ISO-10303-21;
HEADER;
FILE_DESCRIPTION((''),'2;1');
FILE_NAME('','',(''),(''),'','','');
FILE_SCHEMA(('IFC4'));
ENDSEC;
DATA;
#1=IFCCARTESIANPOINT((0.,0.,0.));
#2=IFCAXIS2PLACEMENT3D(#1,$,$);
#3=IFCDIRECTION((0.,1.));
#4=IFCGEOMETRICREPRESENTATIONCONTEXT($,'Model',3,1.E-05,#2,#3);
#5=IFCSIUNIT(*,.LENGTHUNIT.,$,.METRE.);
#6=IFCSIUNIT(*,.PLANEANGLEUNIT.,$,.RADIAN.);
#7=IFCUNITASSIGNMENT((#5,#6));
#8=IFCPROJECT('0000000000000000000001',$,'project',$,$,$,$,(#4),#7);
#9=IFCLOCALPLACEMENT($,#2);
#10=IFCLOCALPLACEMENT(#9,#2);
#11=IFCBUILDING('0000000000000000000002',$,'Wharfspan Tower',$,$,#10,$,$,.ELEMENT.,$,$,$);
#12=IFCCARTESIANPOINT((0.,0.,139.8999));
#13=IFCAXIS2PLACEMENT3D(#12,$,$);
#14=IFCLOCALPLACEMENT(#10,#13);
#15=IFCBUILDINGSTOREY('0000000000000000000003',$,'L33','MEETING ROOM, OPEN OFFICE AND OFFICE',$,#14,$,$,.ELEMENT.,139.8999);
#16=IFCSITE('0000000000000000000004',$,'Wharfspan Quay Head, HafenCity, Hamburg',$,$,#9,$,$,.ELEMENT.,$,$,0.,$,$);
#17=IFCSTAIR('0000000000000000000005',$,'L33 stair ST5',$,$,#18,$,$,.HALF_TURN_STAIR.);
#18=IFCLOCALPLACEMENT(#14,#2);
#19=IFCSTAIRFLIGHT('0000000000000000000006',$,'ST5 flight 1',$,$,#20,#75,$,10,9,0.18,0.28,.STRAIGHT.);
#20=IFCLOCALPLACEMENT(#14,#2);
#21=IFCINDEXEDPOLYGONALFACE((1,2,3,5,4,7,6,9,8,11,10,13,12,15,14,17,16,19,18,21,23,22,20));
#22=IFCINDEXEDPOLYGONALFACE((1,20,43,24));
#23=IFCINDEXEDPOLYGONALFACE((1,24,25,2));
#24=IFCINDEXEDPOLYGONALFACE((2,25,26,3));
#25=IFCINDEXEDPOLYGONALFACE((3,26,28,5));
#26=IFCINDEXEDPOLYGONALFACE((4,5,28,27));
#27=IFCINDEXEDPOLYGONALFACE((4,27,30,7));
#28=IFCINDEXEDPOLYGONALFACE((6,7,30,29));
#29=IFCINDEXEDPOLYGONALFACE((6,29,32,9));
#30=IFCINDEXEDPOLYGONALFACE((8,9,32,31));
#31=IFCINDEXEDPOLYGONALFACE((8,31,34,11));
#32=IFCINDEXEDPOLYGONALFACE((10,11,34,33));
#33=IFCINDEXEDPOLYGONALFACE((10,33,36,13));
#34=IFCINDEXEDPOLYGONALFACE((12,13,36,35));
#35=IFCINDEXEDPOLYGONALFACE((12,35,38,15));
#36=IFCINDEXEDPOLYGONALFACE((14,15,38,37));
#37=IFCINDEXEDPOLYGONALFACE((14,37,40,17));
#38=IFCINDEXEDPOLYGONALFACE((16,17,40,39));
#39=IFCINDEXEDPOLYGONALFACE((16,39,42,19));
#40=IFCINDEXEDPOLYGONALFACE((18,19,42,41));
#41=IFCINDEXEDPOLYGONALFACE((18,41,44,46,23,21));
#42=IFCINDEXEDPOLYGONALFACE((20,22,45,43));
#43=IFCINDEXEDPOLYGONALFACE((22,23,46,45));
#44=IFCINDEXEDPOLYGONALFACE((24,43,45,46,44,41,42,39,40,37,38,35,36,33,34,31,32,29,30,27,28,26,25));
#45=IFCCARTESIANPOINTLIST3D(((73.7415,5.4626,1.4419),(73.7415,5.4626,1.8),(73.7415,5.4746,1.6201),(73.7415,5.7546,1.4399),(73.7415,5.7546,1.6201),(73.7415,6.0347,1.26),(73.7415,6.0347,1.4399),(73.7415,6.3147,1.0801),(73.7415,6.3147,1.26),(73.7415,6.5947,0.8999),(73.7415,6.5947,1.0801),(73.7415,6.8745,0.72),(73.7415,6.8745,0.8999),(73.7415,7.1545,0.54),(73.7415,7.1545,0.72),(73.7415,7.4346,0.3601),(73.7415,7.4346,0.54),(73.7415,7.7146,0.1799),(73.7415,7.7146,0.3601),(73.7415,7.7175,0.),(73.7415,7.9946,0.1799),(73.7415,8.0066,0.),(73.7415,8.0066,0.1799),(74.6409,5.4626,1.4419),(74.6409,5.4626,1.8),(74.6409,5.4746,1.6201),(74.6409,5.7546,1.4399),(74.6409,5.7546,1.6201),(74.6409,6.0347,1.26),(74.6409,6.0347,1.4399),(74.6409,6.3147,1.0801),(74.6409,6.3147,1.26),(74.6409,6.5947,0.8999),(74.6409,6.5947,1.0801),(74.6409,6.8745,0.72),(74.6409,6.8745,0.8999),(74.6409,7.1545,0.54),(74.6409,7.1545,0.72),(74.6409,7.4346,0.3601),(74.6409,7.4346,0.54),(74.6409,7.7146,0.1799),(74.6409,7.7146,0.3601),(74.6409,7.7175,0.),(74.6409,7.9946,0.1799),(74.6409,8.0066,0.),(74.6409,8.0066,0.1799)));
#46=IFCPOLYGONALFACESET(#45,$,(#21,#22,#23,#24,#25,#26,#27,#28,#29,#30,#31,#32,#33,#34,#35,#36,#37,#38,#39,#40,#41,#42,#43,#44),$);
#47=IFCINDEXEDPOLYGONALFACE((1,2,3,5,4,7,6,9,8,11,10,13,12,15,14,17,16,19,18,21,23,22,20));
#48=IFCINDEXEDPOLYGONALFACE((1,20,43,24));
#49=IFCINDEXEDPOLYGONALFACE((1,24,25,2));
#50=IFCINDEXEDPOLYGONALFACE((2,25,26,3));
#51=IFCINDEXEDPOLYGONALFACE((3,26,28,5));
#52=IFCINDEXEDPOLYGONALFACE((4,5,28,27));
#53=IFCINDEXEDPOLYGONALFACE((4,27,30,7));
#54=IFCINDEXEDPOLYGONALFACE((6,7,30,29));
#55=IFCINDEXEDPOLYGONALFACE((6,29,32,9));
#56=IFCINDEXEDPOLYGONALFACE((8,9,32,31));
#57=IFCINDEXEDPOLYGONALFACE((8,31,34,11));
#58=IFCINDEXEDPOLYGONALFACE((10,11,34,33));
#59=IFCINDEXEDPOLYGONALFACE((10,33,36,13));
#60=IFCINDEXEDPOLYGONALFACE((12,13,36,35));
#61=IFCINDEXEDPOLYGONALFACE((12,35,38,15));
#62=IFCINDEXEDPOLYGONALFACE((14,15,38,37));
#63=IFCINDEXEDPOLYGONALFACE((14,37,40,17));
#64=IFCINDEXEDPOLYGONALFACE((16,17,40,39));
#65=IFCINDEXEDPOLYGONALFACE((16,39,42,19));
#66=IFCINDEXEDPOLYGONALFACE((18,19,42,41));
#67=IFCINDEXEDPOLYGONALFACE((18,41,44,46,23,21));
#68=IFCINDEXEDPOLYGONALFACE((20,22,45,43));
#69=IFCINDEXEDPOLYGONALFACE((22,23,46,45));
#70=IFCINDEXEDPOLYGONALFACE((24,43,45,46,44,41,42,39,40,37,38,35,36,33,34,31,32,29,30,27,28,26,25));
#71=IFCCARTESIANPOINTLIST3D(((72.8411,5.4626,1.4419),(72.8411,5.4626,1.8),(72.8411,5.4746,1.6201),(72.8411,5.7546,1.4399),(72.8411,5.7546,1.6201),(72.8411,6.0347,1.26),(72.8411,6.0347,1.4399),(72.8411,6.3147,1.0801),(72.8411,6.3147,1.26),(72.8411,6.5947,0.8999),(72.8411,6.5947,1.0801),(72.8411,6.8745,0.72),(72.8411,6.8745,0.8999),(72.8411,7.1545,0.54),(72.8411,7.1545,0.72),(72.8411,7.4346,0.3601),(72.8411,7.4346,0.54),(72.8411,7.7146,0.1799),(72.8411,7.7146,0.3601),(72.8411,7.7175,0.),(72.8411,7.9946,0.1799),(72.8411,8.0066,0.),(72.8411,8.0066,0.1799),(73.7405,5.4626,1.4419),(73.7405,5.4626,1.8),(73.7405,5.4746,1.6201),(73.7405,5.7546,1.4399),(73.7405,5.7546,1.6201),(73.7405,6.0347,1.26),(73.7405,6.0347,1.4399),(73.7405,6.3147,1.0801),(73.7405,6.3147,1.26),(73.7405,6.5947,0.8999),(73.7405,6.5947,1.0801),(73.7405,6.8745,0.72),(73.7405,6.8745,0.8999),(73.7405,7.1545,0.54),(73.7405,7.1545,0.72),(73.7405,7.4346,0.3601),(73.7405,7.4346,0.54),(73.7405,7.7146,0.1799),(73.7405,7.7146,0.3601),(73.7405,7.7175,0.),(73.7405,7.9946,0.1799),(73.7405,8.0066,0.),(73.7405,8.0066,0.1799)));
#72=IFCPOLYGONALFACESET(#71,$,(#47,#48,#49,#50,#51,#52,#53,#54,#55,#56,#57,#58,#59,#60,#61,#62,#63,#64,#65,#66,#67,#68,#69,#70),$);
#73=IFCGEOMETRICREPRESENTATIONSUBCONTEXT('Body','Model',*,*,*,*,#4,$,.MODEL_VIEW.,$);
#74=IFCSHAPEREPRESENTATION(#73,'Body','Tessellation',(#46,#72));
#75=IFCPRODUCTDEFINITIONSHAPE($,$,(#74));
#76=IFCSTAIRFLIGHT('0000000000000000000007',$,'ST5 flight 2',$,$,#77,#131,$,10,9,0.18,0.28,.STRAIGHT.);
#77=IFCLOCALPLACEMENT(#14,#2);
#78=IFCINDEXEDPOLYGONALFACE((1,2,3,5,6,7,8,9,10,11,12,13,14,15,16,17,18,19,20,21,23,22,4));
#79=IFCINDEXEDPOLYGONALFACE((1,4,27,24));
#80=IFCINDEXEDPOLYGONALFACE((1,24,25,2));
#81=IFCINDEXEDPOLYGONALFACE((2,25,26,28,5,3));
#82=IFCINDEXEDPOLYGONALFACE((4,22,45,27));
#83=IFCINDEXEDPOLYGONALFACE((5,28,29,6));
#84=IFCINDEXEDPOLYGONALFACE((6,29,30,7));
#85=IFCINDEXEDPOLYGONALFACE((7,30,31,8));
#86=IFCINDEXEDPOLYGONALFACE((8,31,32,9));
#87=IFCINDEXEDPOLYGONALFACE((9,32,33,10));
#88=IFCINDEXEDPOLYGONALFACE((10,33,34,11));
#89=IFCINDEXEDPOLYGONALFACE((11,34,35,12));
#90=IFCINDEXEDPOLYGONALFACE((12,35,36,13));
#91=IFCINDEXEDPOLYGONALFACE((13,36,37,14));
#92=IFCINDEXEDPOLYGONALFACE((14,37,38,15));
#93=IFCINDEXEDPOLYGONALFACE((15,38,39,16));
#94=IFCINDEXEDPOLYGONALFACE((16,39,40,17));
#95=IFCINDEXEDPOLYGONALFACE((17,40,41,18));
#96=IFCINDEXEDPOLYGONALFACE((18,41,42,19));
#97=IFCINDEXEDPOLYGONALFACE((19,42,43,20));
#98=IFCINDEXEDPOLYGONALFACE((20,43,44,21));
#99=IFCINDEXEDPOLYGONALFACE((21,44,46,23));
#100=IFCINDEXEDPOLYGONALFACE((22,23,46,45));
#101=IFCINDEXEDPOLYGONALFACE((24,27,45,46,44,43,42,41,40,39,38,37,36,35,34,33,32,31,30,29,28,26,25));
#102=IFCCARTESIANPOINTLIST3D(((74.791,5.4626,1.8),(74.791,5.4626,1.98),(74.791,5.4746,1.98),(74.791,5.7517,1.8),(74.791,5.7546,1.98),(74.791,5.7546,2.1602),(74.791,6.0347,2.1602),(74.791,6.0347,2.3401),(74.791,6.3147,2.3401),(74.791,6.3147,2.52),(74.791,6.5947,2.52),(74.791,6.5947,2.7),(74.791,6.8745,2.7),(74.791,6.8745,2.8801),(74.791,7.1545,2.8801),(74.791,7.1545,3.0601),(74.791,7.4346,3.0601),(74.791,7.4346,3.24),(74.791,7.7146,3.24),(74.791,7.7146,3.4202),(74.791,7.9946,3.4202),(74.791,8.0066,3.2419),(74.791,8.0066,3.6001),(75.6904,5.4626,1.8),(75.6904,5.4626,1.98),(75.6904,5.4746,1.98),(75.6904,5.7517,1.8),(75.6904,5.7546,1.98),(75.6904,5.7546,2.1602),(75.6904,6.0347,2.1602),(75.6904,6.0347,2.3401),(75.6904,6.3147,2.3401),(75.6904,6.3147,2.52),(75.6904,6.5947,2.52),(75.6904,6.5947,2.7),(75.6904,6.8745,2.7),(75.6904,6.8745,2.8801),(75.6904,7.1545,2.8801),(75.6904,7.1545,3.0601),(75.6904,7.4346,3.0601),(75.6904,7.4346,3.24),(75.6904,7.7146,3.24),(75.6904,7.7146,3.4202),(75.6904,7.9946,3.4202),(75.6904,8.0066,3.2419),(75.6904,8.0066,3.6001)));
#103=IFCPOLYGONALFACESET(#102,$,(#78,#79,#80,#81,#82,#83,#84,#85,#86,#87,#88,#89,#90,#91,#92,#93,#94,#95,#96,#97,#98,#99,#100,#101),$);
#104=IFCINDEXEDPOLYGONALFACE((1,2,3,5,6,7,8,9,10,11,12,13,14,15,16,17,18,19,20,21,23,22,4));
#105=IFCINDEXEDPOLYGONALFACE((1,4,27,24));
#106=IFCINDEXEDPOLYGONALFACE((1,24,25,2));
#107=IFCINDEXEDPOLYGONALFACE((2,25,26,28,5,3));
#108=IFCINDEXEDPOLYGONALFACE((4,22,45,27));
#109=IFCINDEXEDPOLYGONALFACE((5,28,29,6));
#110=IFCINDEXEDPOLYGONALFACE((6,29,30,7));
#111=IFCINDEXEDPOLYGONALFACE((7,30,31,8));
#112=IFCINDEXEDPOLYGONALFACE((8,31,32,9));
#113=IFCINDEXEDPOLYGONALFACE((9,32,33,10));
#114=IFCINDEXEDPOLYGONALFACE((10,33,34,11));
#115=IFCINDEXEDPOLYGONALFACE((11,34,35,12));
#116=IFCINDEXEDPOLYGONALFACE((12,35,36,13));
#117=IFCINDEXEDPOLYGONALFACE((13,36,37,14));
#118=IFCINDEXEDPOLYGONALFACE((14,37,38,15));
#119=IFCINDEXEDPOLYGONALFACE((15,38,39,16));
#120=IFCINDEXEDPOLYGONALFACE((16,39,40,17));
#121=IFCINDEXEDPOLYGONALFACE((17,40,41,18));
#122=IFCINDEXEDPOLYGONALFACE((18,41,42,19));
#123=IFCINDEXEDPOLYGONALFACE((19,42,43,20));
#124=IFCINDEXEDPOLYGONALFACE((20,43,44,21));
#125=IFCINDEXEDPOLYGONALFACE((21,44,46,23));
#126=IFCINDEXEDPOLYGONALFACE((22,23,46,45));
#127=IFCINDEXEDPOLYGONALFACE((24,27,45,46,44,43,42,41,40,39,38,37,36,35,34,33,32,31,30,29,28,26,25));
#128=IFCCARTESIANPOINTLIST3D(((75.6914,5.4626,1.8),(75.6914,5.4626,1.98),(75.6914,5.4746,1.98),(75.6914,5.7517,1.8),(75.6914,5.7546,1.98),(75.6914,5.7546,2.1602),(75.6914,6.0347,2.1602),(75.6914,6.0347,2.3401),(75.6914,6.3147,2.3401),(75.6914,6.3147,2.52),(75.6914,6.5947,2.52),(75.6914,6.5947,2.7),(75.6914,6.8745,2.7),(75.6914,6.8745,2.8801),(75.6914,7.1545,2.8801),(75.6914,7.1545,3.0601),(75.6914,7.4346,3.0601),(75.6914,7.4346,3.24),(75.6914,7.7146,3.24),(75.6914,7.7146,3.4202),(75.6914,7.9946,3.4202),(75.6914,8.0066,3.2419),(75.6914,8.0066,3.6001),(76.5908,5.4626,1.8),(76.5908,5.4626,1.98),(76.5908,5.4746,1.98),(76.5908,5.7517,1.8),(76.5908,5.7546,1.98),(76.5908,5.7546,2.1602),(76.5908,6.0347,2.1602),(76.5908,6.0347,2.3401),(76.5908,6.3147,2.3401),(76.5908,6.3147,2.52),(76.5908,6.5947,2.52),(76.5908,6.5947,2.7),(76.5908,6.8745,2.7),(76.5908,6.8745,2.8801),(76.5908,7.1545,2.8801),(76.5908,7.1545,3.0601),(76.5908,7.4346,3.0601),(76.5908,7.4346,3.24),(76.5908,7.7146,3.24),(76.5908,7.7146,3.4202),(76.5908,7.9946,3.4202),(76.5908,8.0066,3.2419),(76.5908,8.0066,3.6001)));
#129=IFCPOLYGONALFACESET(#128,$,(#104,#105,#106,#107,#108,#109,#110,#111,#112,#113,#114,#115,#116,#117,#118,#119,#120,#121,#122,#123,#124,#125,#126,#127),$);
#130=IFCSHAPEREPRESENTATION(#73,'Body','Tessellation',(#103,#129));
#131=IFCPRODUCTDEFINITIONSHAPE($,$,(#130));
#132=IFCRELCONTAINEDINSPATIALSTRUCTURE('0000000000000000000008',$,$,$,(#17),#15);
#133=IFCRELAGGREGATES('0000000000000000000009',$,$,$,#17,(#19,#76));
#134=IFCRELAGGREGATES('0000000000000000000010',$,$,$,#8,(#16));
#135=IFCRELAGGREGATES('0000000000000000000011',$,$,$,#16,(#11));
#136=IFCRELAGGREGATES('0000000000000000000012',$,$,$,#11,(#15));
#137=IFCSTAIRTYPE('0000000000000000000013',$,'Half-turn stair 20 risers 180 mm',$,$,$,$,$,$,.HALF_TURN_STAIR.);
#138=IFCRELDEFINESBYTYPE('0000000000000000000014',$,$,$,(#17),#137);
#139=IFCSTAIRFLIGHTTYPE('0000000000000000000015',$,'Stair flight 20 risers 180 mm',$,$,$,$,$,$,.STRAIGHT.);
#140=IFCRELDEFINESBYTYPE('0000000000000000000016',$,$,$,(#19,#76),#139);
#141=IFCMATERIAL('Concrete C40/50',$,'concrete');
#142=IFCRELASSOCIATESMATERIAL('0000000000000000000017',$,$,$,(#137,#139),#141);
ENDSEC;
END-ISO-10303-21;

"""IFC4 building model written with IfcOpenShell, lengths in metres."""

from ifc_helpers import new_model, si_unit, direction, frame, origin, place, context, subcontext, project, spatial, polyline, outline, extrude, material, type_object, element, aggregate, save


model = new_model("IFC4")

# Units and contexts
model_context = context("Model", 3, precision=1e-05, world=origin(), true_north=direction((0.0, 1.0)))
body_context = subcontext(model_context, "Body", "Model", "MODEL_VIEW")
ifc_project = project(units=[si_unit("LENGTHUNIT", "METRE"), si_unit("PLANEANGLEUNIT", "RADIAN")], contexts=[model_context])

# Site, building, storey
site_placement = place(None, origin())
site = spatial("IfcSite", under=ifc_project, at=site_placement, Name="Wharfspan Quay Head, HafenCity, Hamburg", CompositionType="ELEMENT", RefElevation=0.0)
building_placement = place(site_placement, origin())
building = spatial("IfcBuilding", under=site, at=building_placement, Name="Wharfspan Tower", CompositionType="ELEMENT")
storey_placement = place(building_placement, frame((0.0, 0.0, 139.8999)))
storey = spatial("IfcBuildingStorey", under=building, at=storey_placement, Name="L33", Description="MEETING ROOM, OPEN OFFICE AND OFFICE", CompositionType="ELEMENT", Elevation=139.8999)

# Shared definitions
ifc_material_1 = material(Name="Concrete C40/50", Category="concrete")

# Stair, stair flights
stair_type = type_object("IfcStairType", Name="Half-turn stair 20 risers 180 mm", PredefinedType="HALF_TURN_STAIR", material=ifc_material_1)
stair_placement = place(storey_placement, origin())
stair = element("IfcStair", 1, at=stair_placement, inside=storey, type_object=stair_type, Name="L33 stair ST5", PredefinedType="HALF_TURN_STAIR")
stair_flight_type = type_object("IfcStairFlightType", Name="Stair flight 20 risers 180 mm", PredefinedType="STRAIGHT", material=ifc_material_1)
stair_flight_1_placement = place(storey_placement, frame((73.741, 7.9946, 0.0), z_axis=(0.0, 0.0, 1.0), x_axis=(0.0, -1.0, 0.0)))
stair_flight_1 = element("IfcStairFlight", 2, at=stair_flight_1_placement, type_object=stair_flight_type, Name="ST5 flight 1", NumberOfRisers=10, NumberOfTreads=9, PredefinedType="STRAIGHT", RiserHeight=0.18, TreadLength=0.28, context=body_context, shape_type="SweptSolid", body=[
    extrude(outline(polyline([(-0.012, 0.0), (-0.012, 0.1799), (0.0, 0.1799), (0.28, 0.1799), (0.28, 0.3601), (0.5601, 0.3601), (0.5601, 0.54), (0.8401, 0.54), (0.8401, 0.72), (1.1201, 0.72), (1.1201, 0.8999), (1.3999, 0.8999), (1.3999, 1.0801), (1.6799, 1.0801), (1.6799, 1.26), (1.96, 1.26), (1.96, 1.4399), (2.24, 1.4399), (2.24, 1.6201), (2.52, 1.6201), (2.532, 1.8), (2.532, 1.4419), (0.2771, 0.0), (-0.012, 0.0)])), frame((0.0, 0.8999, 0.0), z_axis=(0.0, -1.0, 0.0), x_axis=(1.0, 0.0, 0.0)), (0.0, 0.0, 1.0), 0.8994),
    extrude(outline(polyline([(-0.012, 0.0), (-0.012, 0.1799), (0.0, 0.1799), (0.28, 0.1799), (0.28, 0.3601), (0.5601, 0.3601), (0.5601, 0.54), (0.8401, 0.54), (0.8401, 0.72), (1.1201, 0.72), (1.1201, 0.8999), (1.3999, 0.8999), (1.3999, 1.0801), (1.6799, 1.0801), (1.6799, 1.26), (1.96, 1.26), (1.96, 1.4399), (2.24, 1.4399), (2.24, 1.6201), (2.52, 1.6201), (2.532, 1.8), (2.532, 1.4419), (0.2771, 0.0), (-0.012, 0.0)])), frame((0.0, -0.0005, 0.0), z_axis=(0.0, -1.0, 0.0), x_axis=(1.0, 0.0, 0.0)), (0.0, 0.0, 1.0), 0.8994),
])
stair_flight_2_placement = place(storey_placement, frame((75.6909, 5.4746, 1.8), z_axis=(0.0, 0.0, 1.0), x_axis=(0.0, 1.0, 0.0)))
stair_flight_2 = element("IfcStairFlight", 3, at=stair_flight_2_placement, type_object=stair_flight_type, Name="ST5 flight 2", NumberOfRisers=10, NumberOfTreads=9, PredefinedType="STRAIGHT", RiserHeight=0.18, TreadLength=0.28, context=body_context, shape_type="SweptSolid", body=[
    extrude(outline(polyline([(-0.012, 0.0), (-0.012, 0.1799), (0.0, 0.1799), (0.28, 0.1799), (0.28, 0.3601), (0.5601, 0.3601), (0.5601, 0.54), (0.8401, 0.54), (0.8401, 0.72), (1.1201, 0.72), (1.1201, 0.8999), (1.3999, 0.8999), (1.3999, 1.0801), (1.6799, 1.0801), (1.6799, 1.26), (1.96, 1.26), (1.96, 1.4399), (2.24, 1.4399), (2.24, 1.6201), (2.52, 1.6201), (2.532, 1.8), (2.532, 1.4419), (0.2771, 0.0), (-0.012, 0.0)])), frame((0.0, 0.8999, 0.0), z_axis=(0.0, -1.0, 0.0), x_axis=(1.0, 0.0, 0.0)), (0.0, 0.0, 1.0), 0.8994),
    extrude(outline(polyline([(-0.012, 0.0), (-0.012, 0.1799), (0.0, 0.1799), (0.28, 0.1799), (0.28, 0.3601), (0.5601, 0.3601), (0.5601, 0.54), (0.8401, 0.54), (0.8401, 0.72), (1.1201, 0.72), (1.1201, 0.8999), (1.3999, 0.8999), (1.3999, 1.0801), (1.6799, 1.0801), (1.6799, 1.26), (1.96, 1.26), (1.96, 1.4399), (2.24, 1.4399), (2.24, 1.6201), (2.52, 1.6201), (2.532, 1.8), (2.532, 1.4419), (0.2771, 0.0), (-0.012, 0.0)])), frame((0.0, -0.0005, 0.0), z_axis=(0.0, -1.0, 0.0), x_axis=(1.0, 0.0, 0.0)), (0.0, 0.0, 1.0), 0.8994),
])
aggregate(stair, [stair_flight_1, stair_flight_2])

save(model, "model.ifc")
